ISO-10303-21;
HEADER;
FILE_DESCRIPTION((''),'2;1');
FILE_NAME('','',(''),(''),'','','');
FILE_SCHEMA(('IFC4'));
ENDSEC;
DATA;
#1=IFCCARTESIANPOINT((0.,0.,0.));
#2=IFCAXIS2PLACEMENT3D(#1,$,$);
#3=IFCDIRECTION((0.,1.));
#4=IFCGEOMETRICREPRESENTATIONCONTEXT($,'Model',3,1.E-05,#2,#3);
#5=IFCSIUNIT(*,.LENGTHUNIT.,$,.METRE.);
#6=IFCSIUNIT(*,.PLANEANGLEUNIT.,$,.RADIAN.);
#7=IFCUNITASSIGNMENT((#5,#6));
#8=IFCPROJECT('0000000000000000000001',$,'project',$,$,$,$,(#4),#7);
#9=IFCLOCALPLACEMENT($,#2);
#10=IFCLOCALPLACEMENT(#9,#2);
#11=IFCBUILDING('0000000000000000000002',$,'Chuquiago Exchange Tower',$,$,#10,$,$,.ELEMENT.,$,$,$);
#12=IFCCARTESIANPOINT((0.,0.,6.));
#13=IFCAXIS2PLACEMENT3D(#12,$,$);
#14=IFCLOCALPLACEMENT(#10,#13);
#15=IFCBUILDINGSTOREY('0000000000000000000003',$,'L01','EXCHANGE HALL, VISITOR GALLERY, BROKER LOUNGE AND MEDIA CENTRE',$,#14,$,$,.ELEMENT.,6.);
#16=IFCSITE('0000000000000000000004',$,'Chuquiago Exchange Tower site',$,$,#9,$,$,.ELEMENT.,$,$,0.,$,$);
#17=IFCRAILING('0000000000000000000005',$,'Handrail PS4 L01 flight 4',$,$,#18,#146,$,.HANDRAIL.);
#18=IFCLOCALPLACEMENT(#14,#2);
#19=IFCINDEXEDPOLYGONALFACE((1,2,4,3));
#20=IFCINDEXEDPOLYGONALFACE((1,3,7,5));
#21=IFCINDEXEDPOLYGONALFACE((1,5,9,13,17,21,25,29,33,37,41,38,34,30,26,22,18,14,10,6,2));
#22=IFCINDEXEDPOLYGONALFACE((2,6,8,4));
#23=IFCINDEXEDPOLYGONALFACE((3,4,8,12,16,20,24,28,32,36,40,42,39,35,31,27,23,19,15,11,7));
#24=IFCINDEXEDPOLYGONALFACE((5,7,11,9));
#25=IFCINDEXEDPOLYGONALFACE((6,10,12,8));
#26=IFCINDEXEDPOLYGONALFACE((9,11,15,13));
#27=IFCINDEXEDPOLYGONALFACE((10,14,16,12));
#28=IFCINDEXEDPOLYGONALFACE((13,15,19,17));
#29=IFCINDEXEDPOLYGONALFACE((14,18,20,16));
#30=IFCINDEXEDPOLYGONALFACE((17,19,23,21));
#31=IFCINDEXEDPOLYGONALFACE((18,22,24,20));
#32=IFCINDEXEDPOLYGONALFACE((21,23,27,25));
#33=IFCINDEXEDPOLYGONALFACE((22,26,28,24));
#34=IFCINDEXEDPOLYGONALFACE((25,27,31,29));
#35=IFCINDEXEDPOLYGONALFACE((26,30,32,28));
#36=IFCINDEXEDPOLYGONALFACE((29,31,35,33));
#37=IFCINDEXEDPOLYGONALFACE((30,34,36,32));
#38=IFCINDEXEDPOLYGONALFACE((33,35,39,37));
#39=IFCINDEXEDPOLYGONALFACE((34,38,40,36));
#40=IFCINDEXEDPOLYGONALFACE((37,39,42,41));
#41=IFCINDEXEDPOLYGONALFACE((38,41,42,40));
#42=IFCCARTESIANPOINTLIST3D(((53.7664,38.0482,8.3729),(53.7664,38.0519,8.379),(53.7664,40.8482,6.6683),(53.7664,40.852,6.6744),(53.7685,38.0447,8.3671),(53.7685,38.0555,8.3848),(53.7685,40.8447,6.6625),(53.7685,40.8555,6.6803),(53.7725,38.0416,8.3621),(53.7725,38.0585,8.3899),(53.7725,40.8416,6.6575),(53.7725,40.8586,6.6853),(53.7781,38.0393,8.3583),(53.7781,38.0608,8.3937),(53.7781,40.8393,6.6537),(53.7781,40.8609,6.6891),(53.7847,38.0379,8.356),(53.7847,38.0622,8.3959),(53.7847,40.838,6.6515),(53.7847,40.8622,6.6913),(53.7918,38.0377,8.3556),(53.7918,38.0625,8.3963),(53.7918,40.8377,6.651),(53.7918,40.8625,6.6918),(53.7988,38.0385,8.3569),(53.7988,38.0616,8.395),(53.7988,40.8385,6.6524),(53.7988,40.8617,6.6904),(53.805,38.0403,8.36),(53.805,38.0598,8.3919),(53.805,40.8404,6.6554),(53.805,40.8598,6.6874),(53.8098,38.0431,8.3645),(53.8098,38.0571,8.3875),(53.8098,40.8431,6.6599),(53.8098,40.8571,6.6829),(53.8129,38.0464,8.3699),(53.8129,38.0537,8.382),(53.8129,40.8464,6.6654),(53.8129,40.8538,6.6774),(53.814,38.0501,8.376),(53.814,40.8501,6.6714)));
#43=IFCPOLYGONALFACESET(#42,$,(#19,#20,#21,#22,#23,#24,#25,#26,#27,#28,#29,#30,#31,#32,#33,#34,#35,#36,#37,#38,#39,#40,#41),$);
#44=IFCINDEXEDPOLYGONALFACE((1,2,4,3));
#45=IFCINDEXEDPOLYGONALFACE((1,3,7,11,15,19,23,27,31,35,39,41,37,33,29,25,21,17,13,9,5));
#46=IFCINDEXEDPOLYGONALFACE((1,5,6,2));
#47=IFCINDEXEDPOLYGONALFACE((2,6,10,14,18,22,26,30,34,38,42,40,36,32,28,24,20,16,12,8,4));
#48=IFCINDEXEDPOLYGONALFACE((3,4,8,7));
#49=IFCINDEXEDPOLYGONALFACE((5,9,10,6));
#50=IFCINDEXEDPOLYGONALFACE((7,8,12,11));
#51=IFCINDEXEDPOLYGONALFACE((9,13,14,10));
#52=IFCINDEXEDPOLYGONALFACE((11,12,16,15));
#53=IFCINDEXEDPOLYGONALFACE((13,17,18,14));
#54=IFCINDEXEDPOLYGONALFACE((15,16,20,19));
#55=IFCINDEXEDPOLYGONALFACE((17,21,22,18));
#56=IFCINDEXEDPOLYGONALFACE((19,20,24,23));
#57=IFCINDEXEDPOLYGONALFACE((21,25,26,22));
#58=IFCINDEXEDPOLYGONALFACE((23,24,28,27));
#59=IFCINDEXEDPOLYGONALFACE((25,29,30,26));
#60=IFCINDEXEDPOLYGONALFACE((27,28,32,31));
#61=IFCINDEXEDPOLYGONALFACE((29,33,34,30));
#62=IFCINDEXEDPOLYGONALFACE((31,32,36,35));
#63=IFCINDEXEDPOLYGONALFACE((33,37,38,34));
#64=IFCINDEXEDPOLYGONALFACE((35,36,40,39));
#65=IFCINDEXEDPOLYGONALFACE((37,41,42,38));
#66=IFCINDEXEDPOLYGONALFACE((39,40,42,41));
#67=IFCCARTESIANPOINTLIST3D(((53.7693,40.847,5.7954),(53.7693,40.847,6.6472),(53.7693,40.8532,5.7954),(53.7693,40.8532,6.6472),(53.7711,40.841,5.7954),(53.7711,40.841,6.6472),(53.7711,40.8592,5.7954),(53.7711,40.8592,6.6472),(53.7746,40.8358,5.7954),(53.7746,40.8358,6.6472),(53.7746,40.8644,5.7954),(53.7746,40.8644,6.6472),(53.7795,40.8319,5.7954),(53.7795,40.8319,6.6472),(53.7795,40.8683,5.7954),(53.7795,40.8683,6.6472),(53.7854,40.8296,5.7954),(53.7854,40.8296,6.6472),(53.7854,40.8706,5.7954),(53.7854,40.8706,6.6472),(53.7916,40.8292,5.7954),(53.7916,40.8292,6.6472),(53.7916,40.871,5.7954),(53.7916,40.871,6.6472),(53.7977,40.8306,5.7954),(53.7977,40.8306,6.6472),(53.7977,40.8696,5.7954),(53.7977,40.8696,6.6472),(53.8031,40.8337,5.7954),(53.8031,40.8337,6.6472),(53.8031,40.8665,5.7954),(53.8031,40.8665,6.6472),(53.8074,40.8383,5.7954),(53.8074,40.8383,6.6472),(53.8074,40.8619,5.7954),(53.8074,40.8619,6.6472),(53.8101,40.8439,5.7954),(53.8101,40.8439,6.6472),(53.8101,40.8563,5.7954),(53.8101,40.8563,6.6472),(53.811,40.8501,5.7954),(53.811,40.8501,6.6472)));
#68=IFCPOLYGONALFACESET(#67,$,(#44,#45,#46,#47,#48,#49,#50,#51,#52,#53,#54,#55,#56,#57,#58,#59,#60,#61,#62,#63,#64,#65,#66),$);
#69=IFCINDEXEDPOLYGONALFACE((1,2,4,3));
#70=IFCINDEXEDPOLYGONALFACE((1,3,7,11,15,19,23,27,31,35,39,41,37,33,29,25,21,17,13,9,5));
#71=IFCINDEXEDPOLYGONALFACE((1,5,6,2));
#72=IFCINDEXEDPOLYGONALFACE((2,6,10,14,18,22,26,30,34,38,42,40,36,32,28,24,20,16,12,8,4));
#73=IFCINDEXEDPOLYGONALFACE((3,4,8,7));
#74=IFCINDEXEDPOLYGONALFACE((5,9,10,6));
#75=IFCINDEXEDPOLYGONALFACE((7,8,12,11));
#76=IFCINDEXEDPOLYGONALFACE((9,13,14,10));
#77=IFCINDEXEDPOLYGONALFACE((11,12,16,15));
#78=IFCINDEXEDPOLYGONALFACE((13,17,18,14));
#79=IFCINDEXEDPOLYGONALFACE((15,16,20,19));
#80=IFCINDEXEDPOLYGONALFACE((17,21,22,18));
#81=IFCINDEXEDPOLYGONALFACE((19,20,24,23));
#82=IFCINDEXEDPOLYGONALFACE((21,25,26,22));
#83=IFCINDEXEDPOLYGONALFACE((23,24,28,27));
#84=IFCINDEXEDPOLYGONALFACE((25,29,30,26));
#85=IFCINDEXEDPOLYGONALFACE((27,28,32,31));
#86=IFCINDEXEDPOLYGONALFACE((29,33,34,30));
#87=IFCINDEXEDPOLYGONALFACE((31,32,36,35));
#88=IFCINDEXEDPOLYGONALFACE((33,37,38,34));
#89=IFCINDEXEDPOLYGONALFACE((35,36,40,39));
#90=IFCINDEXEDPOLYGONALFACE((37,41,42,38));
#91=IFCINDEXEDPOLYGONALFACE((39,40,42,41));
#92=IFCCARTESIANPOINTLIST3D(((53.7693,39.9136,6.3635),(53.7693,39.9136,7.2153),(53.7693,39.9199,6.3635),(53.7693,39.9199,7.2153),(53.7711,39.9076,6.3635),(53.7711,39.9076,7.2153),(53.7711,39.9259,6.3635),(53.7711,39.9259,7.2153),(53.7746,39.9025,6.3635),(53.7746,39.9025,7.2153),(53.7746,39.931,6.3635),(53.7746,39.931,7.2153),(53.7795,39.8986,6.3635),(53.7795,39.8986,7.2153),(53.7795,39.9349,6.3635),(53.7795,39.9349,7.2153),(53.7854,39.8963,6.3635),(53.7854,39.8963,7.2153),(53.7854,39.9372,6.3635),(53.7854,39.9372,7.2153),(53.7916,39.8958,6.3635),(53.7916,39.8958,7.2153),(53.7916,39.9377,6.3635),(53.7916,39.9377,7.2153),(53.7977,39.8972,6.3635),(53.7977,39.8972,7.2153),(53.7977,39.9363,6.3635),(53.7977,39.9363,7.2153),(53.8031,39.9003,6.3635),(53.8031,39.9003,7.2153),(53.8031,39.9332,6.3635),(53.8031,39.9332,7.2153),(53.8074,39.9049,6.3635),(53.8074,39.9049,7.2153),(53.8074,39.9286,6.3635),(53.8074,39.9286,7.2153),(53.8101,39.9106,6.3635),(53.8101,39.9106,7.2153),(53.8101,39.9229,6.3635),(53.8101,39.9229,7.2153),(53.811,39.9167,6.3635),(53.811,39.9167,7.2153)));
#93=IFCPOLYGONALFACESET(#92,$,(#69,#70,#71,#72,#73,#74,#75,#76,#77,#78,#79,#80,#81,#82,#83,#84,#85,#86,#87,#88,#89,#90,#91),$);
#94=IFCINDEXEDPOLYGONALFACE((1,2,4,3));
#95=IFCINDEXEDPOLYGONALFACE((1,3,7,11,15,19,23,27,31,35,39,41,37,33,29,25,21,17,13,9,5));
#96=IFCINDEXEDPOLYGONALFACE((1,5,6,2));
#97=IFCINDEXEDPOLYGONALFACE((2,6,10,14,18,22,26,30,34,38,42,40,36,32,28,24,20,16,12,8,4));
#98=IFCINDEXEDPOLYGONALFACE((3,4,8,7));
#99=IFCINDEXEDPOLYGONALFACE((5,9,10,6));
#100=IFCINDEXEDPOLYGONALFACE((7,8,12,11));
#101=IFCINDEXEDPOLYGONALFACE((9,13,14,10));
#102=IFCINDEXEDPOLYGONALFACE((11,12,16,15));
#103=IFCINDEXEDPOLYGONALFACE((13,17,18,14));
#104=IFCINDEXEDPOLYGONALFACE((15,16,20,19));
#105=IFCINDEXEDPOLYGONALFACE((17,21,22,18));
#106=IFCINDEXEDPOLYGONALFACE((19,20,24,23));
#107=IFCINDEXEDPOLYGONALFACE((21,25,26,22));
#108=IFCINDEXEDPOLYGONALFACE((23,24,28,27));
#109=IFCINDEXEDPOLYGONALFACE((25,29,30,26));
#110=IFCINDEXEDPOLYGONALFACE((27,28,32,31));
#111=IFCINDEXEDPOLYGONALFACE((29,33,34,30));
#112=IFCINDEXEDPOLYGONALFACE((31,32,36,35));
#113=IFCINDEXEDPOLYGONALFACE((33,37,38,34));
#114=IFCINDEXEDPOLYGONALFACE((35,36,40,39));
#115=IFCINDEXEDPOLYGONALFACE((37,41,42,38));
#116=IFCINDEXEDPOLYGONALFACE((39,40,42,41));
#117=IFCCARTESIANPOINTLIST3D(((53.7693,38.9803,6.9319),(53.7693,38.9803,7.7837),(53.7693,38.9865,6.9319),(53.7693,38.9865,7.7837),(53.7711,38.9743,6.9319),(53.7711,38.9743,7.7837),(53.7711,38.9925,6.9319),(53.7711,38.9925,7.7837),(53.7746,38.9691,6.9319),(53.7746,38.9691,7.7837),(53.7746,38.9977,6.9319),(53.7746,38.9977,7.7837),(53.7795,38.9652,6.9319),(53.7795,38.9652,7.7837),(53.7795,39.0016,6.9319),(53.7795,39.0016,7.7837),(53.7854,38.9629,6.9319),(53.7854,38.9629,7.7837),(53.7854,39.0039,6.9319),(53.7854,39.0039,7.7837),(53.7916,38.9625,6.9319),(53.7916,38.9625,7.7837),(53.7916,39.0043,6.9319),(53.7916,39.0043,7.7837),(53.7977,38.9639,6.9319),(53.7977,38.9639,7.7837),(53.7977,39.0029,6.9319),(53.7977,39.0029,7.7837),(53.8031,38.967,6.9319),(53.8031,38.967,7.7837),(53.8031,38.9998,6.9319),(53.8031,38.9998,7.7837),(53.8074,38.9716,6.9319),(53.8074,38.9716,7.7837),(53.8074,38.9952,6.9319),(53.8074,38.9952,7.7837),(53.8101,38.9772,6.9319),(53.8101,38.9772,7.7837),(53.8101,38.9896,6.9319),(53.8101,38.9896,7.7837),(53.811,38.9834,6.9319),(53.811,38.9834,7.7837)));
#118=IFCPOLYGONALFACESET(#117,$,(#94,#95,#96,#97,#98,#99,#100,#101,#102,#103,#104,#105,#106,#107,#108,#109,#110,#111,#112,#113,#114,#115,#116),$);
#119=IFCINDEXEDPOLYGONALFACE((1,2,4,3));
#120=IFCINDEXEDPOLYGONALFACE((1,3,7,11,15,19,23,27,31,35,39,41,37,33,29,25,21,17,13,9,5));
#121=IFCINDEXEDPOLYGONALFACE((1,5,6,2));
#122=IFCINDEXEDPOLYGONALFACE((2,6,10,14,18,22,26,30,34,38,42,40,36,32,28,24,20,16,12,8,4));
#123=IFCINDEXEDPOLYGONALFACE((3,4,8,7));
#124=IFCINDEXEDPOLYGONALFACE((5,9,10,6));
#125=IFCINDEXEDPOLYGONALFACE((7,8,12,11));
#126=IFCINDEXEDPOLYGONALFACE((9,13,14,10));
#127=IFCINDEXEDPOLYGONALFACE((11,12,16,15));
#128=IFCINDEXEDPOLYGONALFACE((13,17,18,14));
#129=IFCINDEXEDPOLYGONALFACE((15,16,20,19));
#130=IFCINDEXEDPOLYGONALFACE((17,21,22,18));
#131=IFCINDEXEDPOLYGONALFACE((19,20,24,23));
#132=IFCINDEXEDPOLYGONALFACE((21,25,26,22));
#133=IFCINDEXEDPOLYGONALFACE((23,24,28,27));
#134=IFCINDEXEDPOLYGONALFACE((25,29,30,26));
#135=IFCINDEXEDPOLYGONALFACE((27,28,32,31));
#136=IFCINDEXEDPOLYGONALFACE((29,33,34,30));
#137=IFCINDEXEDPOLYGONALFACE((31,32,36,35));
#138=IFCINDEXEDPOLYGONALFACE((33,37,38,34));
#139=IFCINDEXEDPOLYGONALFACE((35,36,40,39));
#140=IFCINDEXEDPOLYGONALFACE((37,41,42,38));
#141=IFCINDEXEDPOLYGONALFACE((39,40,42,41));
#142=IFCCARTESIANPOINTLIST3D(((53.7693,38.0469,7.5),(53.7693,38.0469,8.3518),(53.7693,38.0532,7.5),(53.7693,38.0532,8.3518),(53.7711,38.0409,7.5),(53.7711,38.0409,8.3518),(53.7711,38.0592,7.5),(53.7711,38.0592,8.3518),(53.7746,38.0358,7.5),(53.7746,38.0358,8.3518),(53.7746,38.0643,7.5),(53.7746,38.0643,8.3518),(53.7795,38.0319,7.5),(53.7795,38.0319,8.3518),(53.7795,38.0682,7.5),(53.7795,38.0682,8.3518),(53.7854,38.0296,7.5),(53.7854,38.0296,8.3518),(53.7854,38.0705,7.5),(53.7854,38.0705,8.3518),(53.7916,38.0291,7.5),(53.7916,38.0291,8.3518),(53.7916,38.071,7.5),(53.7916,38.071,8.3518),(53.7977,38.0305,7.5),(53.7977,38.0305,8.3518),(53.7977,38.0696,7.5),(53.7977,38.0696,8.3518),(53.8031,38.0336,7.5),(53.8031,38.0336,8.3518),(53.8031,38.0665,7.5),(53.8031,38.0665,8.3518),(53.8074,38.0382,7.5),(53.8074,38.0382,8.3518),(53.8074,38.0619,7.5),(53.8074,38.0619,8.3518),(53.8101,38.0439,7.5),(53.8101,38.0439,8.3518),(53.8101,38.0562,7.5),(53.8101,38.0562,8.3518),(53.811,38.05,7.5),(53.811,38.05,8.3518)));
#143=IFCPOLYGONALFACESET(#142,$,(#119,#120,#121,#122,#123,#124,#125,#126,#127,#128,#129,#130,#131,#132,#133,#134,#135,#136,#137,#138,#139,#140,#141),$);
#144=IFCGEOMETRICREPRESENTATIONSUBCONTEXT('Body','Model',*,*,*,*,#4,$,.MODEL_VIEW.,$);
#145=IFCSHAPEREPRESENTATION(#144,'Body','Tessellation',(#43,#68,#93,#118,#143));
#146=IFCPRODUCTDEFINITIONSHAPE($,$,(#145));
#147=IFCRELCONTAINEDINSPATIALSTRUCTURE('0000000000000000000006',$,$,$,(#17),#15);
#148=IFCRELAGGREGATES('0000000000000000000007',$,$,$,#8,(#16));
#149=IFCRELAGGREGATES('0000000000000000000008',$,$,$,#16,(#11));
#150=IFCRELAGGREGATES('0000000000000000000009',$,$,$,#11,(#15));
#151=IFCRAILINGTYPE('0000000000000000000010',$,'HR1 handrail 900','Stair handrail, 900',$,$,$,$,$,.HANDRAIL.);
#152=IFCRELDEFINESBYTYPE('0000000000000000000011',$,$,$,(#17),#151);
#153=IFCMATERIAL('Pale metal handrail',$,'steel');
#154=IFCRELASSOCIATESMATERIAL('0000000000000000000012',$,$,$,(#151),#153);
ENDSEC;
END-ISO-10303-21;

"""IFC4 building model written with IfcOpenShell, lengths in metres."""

from ifc_helpers import new_model, si_unit, direction, frame, origin, origin_2d, place, context, subcontext, project, spatial, circle, extrude, material, type_object, element, save


model = new_model("IFC4")

# Units and contexts
model_context = context("Model", 3, precision=1e-05, world=origin(), true_north=direction((0.0, 1.0)))
body_context = subcontext(model_context, "Body", "Model", "MODEL_VIEW")
ifc_project = project(units=[si_unit("LENGTHUNIT", "METRE"), si_unit("PLANEANGLEUNIT", "RADIAN")], contexts=[model_context])

# Site, building, storey
site_placement = place(None, origin())
site = spatial("IfcSite", under=ifc_project, at=site_placement, Name="Chuquiago Exchange Tower site", CompositionType="ELEMENT", RefElevation=0.0)
building_placement = place(site_placement, origin())
building = spatial("IfcBuilding", under=site, at=building_placement, Name="Chuquiago Exchange Tower", CompositionType="ELEMENT")
storey_placement = place(building_placement, frame((0.0, 0.0, 6.0)))
storey = spatial("IfcBuildingStorey", under=building, at=storey_placement, Name="L01", Description="EXCHANGE HALL, VISITOR GALLERY, BROKER LOUNGE AND MEDIA CENTRE", CompositionType="ELEMENT", Elevation=6.0)

# Railing
ifc_material_1 = material(Name="Pale metal handrail", Category="steel")
railing_type = type_object("IfcRailingType", Name="HR1 handrail 900", Description="Stair handrail, 900", PredefinedType="HANDRAIL", material=ifc_material_1)
for number, where, name in (
    (1, (53.79, 40.8501, 5.7954), "Handrail PS4 L01 flight 4"),
):
    element("IfcRailing", number, at=place(storey_placement, frame(where)), inside=storey, type_object=railing_type, Name=name, PredefinedType="HANDRAIL", context=body_context, shape_type="SweptSolid", body=[
        extrude(circle(Radius=0.0239, at=origin_2d()), frame((0.0, 0.0, 0.876), z_axis=(0.0, -0.85417, 0.519994), x_axis=(1.0, 0.0, 0.0)), (0.0, 0.0, 1.0), 3.2781),
        extrude(circle(Radius=0.021, at=origin_2d()), origin(), (0.0, 0.0, 1.0), 0.8518),
        extrude(circle(Radius=0.021, at=origin_2d()), frame((0.0, -0.9333, 0.5681)), (0.0, 0.0, 1.0), 0.8518),
        extrude(circle(Radius=0.021, at=origin_2d()), frame((0.0, -1.8667, 1.1365)), (0.0, 0.0, 1.0), 0.8518),
        extrude(circle(Radius=0.021, at=origin_2d()), frame((0.0, -2.8, 1.7046)), (0.0, 0.0, 1.0), 0.8518),
    ])

save(model, "model.ifc")
